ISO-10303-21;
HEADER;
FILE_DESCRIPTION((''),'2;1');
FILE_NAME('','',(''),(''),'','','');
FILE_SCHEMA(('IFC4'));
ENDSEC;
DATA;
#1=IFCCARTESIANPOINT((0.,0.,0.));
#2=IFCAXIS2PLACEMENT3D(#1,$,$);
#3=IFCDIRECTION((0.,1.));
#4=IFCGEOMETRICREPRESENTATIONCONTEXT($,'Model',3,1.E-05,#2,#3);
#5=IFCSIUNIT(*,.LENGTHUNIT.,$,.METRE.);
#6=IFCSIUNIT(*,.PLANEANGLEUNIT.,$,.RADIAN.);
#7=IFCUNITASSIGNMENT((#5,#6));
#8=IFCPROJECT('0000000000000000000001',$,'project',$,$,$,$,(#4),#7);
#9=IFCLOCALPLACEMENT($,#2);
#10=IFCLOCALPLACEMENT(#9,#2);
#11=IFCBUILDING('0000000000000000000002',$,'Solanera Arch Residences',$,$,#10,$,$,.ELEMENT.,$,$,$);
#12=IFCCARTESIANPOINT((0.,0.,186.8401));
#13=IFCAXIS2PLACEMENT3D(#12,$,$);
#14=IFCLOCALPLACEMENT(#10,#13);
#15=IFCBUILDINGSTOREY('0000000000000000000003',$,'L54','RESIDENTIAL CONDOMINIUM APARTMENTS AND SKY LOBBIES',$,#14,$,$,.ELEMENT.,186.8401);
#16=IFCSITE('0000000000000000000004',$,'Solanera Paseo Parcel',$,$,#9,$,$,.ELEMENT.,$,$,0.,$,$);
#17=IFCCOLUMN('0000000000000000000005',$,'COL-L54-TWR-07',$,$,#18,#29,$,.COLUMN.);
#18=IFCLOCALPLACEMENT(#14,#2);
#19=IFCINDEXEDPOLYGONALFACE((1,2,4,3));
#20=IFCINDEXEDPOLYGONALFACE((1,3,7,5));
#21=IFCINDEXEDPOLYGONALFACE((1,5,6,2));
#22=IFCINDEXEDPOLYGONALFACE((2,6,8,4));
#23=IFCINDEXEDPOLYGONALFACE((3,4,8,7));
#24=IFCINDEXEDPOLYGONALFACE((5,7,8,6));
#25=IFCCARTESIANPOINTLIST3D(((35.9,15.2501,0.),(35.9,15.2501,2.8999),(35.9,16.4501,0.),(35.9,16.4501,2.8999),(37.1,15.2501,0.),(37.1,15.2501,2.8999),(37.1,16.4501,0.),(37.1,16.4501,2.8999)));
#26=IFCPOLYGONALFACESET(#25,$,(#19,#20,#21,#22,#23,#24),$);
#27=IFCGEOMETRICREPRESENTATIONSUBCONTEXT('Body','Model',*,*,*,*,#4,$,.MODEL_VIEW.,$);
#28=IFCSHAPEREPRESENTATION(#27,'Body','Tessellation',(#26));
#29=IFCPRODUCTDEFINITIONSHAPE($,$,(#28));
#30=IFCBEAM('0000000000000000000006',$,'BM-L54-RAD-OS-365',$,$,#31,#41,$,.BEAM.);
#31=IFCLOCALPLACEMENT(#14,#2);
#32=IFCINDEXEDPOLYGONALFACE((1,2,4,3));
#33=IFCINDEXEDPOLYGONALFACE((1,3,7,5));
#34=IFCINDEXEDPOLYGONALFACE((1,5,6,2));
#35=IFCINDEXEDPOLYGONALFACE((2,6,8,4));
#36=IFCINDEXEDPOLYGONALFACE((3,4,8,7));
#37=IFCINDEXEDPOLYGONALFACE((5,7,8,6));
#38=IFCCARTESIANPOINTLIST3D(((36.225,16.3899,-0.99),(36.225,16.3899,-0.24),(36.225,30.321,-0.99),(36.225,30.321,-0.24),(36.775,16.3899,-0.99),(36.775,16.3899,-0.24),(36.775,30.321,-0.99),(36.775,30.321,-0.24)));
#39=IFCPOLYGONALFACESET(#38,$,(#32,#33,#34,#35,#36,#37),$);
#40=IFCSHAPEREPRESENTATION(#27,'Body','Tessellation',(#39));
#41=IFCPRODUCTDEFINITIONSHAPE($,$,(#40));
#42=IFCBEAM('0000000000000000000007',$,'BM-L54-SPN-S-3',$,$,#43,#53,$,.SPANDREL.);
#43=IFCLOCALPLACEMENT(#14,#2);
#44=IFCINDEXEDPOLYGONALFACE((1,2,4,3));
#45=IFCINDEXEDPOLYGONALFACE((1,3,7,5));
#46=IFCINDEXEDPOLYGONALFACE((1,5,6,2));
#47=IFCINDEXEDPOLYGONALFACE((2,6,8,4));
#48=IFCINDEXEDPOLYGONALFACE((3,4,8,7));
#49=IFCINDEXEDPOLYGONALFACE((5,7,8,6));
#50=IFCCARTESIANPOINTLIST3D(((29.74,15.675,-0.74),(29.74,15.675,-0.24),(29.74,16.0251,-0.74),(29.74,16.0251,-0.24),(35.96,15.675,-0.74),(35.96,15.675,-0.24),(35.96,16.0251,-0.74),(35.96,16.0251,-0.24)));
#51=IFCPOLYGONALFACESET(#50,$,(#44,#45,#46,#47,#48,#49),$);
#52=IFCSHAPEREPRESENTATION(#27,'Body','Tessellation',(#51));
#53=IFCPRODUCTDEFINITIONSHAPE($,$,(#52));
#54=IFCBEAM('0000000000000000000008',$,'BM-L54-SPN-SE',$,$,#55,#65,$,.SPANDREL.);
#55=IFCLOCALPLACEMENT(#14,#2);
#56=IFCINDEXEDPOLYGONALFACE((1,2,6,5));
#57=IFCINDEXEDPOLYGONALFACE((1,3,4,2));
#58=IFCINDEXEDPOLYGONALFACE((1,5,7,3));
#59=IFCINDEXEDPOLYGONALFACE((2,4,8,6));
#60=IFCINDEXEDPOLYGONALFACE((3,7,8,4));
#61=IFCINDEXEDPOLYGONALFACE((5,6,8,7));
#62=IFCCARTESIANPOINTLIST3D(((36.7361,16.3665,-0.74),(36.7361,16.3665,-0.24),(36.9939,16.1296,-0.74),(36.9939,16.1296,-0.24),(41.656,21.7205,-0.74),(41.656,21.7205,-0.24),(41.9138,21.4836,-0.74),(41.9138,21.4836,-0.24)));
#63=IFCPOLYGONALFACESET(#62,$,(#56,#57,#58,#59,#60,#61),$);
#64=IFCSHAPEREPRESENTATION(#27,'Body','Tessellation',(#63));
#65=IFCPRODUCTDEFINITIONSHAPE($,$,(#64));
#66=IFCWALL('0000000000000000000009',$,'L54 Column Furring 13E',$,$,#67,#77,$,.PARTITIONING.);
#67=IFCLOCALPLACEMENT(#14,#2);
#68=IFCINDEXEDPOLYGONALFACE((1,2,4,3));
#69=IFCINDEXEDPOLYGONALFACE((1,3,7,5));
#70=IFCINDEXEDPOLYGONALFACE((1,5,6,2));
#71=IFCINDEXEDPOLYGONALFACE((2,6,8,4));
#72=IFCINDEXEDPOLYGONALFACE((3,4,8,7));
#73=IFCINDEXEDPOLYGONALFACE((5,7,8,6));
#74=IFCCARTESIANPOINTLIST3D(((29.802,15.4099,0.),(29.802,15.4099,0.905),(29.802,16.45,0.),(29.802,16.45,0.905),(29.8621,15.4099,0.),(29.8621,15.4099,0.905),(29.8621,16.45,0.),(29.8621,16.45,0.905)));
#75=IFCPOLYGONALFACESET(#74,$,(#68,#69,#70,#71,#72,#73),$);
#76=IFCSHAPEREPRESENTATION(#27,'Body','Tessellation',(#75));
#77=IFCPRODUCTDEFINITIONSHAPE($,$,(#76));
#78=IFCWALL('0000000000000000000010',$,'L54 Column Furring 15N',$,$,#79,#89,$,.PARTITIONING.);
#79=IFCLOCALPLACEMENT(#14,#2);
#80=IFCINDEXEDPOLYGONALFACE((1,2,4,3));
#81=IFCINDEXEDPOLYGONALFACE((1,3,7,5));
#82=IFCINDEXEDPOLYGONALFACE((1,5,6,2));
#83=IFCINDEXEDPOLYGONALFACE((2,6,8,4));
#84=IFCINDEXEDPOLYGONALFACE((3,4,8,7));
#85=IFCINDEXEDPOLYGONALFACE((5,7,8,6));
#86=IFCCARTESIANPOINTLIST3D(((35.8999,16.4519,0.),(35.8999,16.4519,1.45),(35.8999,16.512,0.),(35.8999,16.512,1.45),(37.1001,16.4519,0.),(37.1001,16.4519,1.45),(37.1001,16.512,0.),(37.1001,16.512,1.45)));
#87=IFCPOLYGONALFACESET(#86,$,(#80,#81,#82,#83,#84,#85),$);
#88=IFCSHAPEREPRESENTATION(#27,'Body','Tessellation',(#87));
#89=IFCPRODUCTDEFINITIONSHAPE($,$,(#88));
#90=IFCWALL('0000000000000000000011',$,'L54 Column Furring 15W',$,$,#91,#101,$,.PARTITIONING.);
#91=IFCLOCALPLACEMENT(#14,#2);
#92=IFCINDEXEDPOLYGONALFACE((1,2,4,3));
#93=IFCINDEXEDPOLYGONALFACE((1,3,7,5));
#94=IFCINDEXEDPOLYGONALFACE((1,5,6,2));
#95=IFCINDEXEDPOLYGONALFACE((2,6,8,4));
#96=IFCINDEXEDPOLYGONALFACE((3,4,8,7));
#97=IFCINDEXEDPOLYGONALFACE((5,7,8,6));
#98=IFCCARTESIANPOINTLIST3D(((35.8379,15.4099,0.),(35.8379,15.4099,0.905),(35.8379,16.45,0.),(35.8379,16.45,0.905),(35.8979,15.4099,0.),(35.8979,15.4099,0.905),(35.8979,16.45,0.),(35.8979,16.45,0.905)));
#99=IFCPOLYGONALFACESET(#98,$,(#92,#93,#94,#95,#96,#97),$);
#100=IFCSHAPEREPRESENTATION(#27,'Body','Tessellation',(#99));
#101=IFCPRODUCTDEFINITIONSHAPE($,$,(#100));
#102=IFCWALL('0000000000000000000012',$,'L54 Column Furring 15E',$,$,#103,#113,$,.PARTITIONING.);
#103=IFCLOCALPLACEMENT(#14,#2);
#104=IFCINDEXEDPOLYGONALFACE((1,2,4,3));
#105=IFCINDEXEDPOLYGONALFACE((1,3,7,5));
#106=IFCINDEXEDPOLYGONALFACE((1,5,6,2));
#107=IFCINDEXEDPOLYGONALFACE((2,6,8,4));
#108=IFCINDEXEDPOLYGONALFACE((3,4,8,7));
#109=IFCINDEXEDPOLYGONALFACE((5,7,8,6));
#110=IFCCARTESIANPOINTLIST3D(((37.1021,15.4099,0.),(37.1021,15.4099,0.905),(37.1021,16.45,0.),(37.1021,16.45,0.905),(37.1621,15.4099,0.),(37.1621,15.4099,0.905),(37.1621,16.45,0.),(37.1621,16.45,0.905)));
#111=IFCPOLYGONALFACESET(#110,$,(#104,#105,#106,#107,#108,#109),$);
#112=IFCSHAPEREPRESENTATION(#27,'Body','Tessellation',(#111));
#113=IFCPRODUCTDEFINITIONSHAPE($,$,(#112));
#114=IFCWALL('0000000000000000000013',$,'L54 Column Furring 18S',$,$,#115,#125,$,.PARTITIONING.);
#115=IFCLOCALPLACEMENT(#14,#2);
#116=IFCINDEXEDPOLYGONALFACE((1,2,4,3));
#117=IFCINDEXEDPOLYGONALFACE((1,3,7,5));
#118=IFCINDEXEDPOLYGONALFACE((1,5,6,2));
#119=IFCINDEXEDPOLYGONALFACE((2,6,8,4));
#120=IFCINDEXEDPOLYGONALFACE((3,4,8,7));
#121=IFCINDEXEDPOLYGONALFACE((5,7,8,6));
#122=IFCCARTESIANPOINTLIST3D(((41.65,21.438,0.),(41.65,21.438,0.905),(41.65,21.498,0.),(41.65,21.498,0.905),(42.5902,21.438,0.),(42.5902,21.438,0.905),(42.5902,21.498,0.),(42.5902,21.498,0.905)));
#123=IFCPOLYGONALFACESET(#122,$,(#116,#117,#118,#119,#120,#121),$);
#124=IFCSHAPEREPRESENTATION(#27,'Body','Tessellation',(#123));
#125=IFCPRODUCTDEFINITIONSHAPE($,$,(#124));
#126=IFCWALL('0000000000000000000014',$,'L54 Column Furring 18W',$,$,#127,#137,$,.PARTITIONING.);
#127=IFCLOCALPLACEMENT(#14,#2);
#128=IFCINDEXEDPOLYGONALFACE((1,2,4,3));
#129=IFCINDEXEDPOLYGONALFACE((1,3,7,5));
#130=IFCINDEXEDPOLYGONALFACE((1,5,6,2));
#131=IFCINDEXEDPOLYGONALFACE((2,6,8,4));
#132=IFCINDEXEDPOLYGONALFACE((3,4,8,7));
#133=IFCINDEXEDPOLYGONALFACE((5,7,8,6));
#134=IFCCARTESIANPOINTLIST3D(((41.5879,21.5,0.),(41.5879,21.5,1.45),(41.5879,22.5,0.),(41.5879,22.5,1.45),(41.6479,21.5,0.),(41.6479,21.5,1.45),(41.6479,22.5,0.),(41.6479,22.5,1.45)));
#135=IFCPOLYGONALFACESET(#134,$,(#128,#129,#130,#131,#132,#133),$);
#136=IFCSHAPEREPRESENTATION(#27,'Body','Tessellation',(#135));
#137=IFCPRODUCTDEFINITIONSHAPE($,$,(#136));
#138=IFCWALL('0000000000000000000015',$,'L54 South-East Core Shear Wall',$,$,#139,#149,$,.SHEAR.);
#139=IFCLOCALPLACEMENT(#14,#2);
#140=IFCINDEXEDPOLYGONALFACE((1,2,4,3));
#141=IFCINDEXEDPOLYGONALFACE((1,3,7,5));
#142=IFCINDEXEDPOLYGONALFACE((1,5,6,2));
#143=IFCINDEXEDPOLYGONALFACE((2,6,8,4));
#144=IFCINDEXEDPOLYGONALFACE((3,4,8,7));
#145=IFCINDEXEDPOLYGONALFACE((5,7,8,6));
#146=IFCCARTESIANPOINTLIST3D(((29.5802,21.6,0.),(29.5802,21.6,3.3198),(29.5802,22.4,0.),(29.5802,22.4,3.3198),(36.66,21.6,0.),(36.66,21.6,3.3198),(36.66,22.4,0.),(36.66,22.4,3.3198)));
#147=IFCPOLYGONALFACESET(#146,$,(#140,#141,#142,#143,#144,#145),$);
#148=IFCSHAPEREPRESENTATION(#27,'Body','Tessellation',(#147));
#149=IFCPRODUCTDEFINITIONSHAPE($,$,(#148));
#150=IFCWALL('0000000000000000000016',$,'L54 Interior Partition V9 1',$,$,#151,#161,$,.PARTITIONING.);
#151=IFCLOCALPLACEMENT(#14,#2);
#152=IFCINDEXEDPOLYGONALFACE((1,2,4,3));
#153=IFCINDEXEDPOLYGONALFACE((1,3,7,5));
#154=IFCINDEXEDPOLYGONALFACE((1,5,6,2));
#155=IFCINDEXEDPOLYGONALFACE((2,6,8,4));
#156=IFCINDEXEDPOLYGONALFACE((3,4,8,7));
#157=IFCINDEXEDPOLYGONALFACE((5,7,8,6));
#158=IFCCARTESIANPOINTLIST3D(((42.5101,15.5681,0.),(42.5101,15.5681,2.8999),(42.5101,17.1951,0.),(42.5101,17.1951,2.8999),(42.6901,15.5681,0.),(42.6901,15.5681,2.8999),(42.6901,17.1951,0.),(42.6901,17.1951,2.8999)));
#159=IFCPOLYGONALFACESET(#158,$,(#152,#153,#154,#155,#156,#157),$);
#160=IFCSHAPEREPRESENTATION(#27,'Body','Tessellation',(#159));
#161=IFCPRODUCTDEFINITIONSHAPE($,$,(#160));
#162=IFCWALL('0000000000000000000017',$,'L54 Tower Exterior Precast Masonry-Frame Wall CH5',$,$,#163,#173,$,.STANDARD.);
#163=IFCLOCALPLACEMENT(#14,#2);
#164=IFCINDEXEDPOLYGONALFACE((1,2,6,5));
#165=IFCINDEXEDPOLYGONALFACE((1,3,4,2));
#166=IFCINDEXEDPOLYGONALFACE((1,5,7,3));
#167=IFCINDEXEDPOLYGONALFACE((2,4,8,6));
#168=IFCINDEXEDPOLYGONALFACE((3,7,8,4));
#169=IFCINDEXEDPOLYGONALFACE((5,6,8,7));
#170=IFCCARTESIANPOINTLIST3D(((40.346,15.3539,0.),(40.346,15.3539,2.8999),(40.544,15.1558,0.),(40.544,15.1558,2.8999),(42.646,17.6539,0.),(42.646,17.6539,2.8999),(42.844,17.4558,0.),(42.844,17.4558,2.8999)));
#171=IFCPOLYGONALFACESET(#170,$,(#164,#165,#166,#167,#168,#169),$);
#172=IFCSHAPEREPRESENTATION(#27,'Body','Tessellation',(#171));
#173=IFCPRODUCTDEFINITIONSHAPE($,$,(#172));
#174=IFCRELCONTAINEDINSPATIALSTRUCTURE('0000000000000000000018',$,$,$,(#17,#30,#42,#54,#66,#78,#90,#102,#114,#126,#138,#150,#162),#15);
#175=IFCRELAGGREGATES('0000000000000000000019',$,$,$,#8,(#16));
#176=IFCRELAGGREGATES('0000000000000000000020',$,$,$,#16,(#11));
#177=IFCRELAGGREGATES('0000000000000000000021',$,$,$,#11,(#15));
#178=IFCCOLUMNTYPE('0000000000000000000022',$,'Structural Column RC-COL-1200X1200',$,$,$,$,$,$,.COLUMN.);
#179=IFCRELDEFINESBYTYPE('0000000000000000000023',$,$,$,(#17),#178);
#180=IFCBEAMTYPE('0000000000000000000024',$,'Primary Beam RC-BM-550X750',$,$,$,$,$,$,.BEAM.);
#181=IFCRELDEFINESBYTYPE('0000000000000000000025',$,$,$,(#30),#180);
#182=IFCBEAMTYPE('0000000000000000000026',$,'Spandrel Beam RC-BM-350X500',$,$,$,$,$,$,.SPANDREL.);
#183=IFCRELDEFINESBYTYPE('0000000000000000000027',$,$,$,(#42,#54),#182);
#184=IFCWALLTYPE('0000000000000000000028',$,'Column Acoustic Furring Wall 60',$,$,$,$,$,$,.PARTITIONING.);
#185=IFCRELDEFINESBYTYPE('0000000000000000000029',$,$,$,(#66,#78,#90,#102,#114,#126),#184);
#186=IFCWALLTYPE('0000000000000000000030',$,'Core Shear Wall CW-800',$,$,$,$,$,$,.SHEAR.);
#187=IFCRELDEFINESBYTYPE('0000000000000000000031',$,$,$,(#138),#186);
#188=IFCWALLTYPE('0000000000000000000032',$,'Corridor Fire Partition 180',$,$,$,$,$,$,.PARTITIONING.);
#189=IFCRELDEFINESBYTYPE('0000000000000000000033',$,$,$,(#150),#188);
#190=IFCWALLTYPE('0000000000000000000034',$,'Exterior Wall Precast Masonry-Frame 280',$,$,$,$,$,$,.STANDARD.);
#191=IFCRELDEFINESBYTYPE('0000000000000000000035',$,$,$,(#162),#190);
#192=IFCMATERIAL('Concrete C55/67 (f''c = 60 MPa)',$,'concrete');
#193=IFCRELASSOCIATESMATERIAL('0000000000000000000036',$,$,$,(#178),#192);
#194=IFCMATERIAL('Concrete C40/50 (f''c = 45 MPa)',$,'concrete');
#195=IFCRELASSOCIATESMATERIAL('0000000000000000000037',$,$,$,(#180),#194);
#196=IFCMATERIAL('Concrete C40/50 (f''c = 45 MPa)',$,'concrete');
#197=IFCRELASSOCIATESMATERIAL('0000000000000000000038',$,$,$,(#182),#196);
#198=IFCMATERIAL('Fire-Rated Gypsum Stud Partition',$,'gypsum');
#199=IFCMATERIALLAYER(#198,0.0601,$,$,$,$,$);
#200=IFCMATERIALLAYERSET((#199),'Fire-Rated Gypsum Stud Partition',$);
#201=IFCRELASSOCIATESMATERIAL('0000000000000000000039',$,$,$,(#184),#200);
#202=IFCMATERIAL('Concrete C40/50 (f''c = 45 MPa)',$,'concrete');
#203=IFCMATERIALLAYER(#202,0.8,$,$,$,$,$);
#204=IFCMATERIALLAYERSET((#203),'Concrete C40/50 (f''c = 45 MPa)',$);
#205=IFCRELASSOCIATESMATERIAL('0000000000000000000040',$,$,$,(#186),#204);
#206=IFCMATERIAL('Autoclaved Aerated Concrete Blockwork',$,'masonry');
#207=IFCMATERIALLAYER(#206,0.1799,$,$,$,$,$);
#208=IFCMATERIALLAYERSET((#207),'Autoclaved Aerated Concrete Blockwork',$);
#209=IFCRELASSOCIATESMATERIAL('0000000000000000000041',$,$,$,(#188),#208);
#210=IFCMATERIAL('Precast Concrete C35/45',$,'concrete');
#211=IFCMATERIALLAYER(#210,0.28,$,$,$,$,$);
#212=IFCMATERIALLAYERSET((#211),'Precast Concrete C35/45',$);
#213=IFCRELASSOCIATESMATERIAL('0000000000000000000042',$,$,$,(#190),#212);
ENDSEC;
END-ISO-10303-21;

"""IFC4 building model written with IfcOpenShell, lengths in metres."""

from ifc_helpers import new_model, si_unit, direction, frame, frame_2d, origin, origin_2d, place, context, subcontext, project, spatial, rectangle, extrude, material, layer, layer_set, material_profile, profile_set, type_object, element, save


model = new_model("IFC4")

# Units and contexts
model_context = context("Model", 3, precision=1e-05, world=origin(), true_north=direction((0.0, 1.0)))
body_context = subcontext(model_context, "Body", "Model", "MODEL_VIEW")
ifc_project = project(units=[si_unit("LENGTHUNIT", "METRE"), si_unit("PLANEANGLEUNIT", "RADIAN")], contexts=[model_context])

# Site, building, storey
site_placement = place(None, origin())
site = spatial("IfcSite", under=ifc_project, at=site_placement, Name="Solanera Paseo Parcel", CompositionType="ELEMENT", RefElevation=0.0)
building_placement = place(site_placement, origin())
building = spatial("IfcBuilding", under=site, at=building_placement, Name="Solanera Arch Residences", CompositionType="ELEMENT")
storey_placement = place(building_placement, frame((0.0, 0.0, 186.8401)))
storey = spatial("IfcBuildingStorey", under=building, at=storey_placement, Name="L54", Description="RESIDENTIAL CONDOMINIUM APARTMENTS AND SKY LOBBIES", CompositionType="ELEMENT", Elevation=186.8401)

# Column
ifc_material_1 = material(Name="Concrete C55/67 (f'c = 60 MPa)", Category="concrete")
ifc_material_profile_1 = material_profile(ifc_material_1, rectangle(XDim=1.2, YDim=1.2, at=origin_2d()))
ifc_profile_set_1 = profile_set([ifc_material_profile_1], Name="Concrete C55/67 (f'c = 60 MPa)")
column_type = type_object("IfcColumnType", Name="Structural Column RC-COL-1200X1200", PredefinedType="COLUMN", material=ifc_profile_set_1)
column_placement = place(storey_placement, frame((36.5, 15.8501, 0.0), z_axis=(0.0, 0.0, 1.0), x_axis=(1.0, 0.0, 0.0)))
element("IfcColumn", 1, at=column_placement, inside=storey, type_object=column_type, Name="COL-L54-TWR-07", PredefinedType="COLUMN", context=body_context, shape_type="SweptSolid", body=[
    extrude(rectangle(XDim=1.2, YDim=1.2, at=origin_2d()), origin(), (0.0, 0.0, 1.0), 2.8999),
])

# Beams
ifc_material_2 = material(Name="Concrete C40/50 (f'c = 45 MPa)", Category="concrete")
ifc_material_profile_2 = material_profile(ifc_material_2, rectangle(XDim=0.55, YDim=0.75, at=origin_2d()))
ifc_profile_set_2 = profile_set([ifc_material_profile_2], Name="Concrete C40/50 (f'c = 45 MPa)")
beam_type_1 = type_object("IfcBeamType", Name="Primary Beam RC-BM-550X750", PredefinedType="BEAM", material=ifc_profile_set_2)
beam_1_placement = place(storey_placement, frame((36.5, 16.3899, -0.615), z_axis=(0.0, 1.0, 0.0), x_axis=(-1.0, 0.0, 0.0)))
element("IfcBeam", 2, at=beam_1_placement, inside=storey, type_object=beam_type_1, Name="BM-L54-RAD-OS-365", PredefinedType="BEAM", context=body_context, shape_type="SweptSolid", body=[
    extrude(rectangle(XDim=0.55, YDim=0.75, at=origin_2d()), origin(), (0.0, 0.0, 1.0), 13.9312),
])
ifc_material_3 = material(Name="Concrete C40/50 (f'c = 45 MPa)", Category="concrete")
ifc_material_profile_3 = material_profile(ifc_material_3, rectangle(XDim=0.3501, YDim=0.5, at=origin_2d()))
ifc_profile_set_3 = profile_set([ifc_material_profile_3], Name="Concrete C40/50 (f'c = 45 MPa)")
beam_type_2 = type_object("IfcBeamType", Name="Spandrel Beam RC-BM-350X500", PredefinedType="SPANDREL", material=ifc_profile_set_3)
beam_2_placement = place(storey_placement, frame((29.74, 15.8501, -0.49), z_axis=(1.0, 0.0, 0.0), x_axis=(0.0, 1.0, 0.0)))
element("IfcBeam", 3, at=beam_2_placement, inside=storey, type_object=beam_type_2, Name="BM-L54-SPN-S-3", PredefinedType="SPANDREL", context=body_context, shape_type="SweptSolid", body=[
    extrude(rectangle(XDim=0.3501, YDim=0.5, at=origin_2d()), origin(), (0.0, 0.0, 1.0), 6.22),
])
beam_3_placement = place(storey_placement, frame((36.865, 16.248, -0.49), z_axis=(0.676627, 0.736326, 0.0), x_axis=(-0.736326, 0.676627, 0.0)))
element("IfcBeam", 4, at=beam_3_placement, inside=storey, type_object=beam_type_2, Name="BM-L54-SPN-SE", PredefinedType="SPANDREL", context=body_context, shape_type="SweptSolid", body=[
    extrude(rectangle(XDim=0.3501, YDim=0.5, at=origin_2d()), origin(), (0.0, 0.0, 1.0), 7.2712),
])

# Walls
ifc_material_4 = material(Name="Fire-Rated Gypsum Stud Partition", Category="gypsum")
ifc_layer_1 = layer(ifc_material_4, 0.0601)
ifc_layer_set_1 = layer_set([ifc_layer_1], Name="Fire-Rated Gypsum Stud Partition")
wall_type_1 = type_object("IfcWallType", Name="Column Acoustic Furring Wall 60", PredefinedType="PARTITIONING", material=ifc_layer_set_1)
wall_1_placement = place(storey_placement, frame((29.832, 15.4099, 0.0), z_axis=(0.0, 0.0, 1.0), x_axis=(0.0, 1.0, 0.0)))
element("IfcWall", 5, at=wall_1_placement, inside=storey, type_object=wall_type_1, Name="L54 Column Furring 13E", PredefinedType="PARTITIONING", context=body_context, shape_type="SweptSolid", body=[
    extrude(rectangle(XDim=1.04, YDim=0.0601, at=frame_2d((0.52, 0.0))), origin(), (0.0, 0.0, 1.0), 0.905),
])
wall_2_placement = place(storey_placement, frame((35.8999, 16.4819, 0.0), z_axis=(0.0, 0.0, 1.0), x_axis=(1.0, 0.0, 0.0)))
element("IfcWall", 6, at=wall_2_placement, inside=storey, type_object=wall_type_1, Name="L54 Column Furring 15N", PredefinedType="PARTITIONING", context=body_context, shape_type="SweptSolid", body=[
    extrude(rectangle(XDim=1.2002, YDim=0.0601, at=frame_2d((0.6001, 0.0))), origin(), (0.0, 0.0, 1.0), 1.45),
])
for number, where, z_axis, x_axis, name in (
    (7, (35.8679, 15.4099, 0.0), (0.0, 0.0, 1.0), (0.0, 1.0, 0.0), "L54 Column Furring 15W"),
    (8, (37.1321, 15.4099, 0.0), (0.0, 0.0, 1.0), (0.0, 1.0, 0.0), "L54 Column Furring 15E"),
):
    element("IfcWall", number, at=place(storey_placement, frame(where, z_axis=z_axis, x_axis=x_axis)), inside=storey, type_object=wall_type_1, Name=name, PredefinedType="PARTITIONING", context=body_context, shape_type="SweptSolid", body=[
        extrude(rectangle(XDim=1.04, YDim=0.0601, at=frame_2d((0.52, 0.0))), origin(), (0.0, 0.0, 1.0), 0.905),
    ])
wall_3_placement = place(storey_placement, frame((41.6499, 21.468, 0.0), z_axis=(0.0, 0.0, 1.0), x_axis=(1.0, 0.0, 0.0)))
element("IfcWall", 9, at=wall_3_placement, inside=storey, type_object=wall_type_1, Name="L54 Column Furring 18S", PredefinedType="PARTITIONING", context=body_context, shape_type="SweptSolid", body=[
    extrude(rectangle(XDim=0.9402, YDim=0.0601, at=frame_2d((0.4702, 0.0))), origin(), (0.0, 0.0, 1.0), 0.905),
])
wall_4_placement = place(storey_placement, frame((41.6179, 21.5, 0.0), z_axis=(0.0, 0.0, 1.0), x_axis=(0.0, 1.0, 0.0)))
element("IfcWall", 10, at=wall_4_placement, inside=storey, type_object=wall_type_1, Name="L54 Column Furring 18W", PredefinedType="PARTITIONING", context=body_context, shape_type="SweptSolid", body=[
    extrude(rectangle(XDim=1.0, YDim=0.0601, at=frame_2d((0.5, 0.0))), origin(), (0.0, 0.0, 1.0), 1.45),
])
ifc_material_5 = material(Name="Concrete C40/50 (f'c = 45 MPa)", Category="concrete")
ifc_layer_2 = layer(ifc_material_5, 0.8)
ifc_layer_set_2 = layer_set([ifc_layer_2], Name="Concrete C40/50 (f'c = 45 MPa)")
wall_type_2 = type_object("IfcWallType", Name="Core Shear Wall CW-800", PredefinedType="SHEAR", material=ifc_layer_set_2)
wall_5_placement = place(storey_placement, frame((29.5801, 22.0, 0.0), z_axis=(0.0, 0.0, 1.0), x_axis=(1.0, 0.0, 0.0)))
element("IfcWall", 11, at=wall_5_placement, inside=storey, type_object=wall_type_2, Name="L54 South-East Core Shear Wall", PredefinedType="SHEAR", context=body_context, shape_type="SweptSolid", body=[
    extrude(rectangle(XDim=7.0798, YDim=0.8, at=frame_2d((3.54, 0.0))), origin(), (0.0, 0.0, 1.0), 3.3198),
])
ifc_material_6 = material(Name="Autoclaved Aerated Concrete Blockwork", Category="masonry")
ifc_layer_3 = layer(ifc_material_6, 0.1799)
ifc_layer_set_3 = layer_set([ifc_layer_3], Name="Autoclaved Aerated Concrete Blockwork")
wall_type_3 = type_object("IfcWallType", Name="Corridor Fire Partition 180", PredefinedType="PARTITIONING", material=ifc_layer_set_3)
wall_6_placement = place(storey_placement, frame((42.6001, 15.5681, 0.0), z_axis=(0.0, 0.0, 1.0), x_axis=(0.0, 1.0, 0.0)))
element("IfcWall", 12, at=wall_6_placement, inside=storey, type_object=wall_type_3, Name="L54 Interior Partition V9 1", PredefinedType="PARTITIONING", context=body_context, shape_type="SweptSolid", body=[
    extrude(rectangle(XDim=1.627, YDim=0.1799, at=frame_2d((0.8135, 0.0))), origin(), (0.0, 0.0, 1.0), 2.8999),
])
ifc_material_7 = material(Name="Precast Concrete C35/45", Category="concrete")
ifc_layer_4 = layer(ifc_material_7, 0.28)
ifc_layer_set_4 = layer_set([ifc_layer_4], Name="Precast Concrete C35/45")
wall_type_4 = type_object("IfcWallType", Name="Exterior Wall Precast Masonry-Frame 280", PredefinedType="STANDARD", material=ifc_layer_set_4)
wall_7_placement = place(storey_placement, frame((42.7451, 17.5549, 0.0), z_axis=(0.0, 0.0, 1.0), x_axis=(-0.707107, -0.707107, 0.0)))
element("IfcWall", 13, at=wall_7_placement, inside=storey, type_object=wall_type_4, Name="L54 Tower Exterior Precast Masonry-Frame Wall CH5", PredefinedType="STANDARD", context=body_context, shape_type="SweptSolid", body=[
    extrude(rectangle(XDim=3.2527, YDim=0.28, at=frame_2d((1.6265, 0.0))), origin(), (0.0, 0.0, 1.0), 2.8999),
])

save(model, "model.ifc")
